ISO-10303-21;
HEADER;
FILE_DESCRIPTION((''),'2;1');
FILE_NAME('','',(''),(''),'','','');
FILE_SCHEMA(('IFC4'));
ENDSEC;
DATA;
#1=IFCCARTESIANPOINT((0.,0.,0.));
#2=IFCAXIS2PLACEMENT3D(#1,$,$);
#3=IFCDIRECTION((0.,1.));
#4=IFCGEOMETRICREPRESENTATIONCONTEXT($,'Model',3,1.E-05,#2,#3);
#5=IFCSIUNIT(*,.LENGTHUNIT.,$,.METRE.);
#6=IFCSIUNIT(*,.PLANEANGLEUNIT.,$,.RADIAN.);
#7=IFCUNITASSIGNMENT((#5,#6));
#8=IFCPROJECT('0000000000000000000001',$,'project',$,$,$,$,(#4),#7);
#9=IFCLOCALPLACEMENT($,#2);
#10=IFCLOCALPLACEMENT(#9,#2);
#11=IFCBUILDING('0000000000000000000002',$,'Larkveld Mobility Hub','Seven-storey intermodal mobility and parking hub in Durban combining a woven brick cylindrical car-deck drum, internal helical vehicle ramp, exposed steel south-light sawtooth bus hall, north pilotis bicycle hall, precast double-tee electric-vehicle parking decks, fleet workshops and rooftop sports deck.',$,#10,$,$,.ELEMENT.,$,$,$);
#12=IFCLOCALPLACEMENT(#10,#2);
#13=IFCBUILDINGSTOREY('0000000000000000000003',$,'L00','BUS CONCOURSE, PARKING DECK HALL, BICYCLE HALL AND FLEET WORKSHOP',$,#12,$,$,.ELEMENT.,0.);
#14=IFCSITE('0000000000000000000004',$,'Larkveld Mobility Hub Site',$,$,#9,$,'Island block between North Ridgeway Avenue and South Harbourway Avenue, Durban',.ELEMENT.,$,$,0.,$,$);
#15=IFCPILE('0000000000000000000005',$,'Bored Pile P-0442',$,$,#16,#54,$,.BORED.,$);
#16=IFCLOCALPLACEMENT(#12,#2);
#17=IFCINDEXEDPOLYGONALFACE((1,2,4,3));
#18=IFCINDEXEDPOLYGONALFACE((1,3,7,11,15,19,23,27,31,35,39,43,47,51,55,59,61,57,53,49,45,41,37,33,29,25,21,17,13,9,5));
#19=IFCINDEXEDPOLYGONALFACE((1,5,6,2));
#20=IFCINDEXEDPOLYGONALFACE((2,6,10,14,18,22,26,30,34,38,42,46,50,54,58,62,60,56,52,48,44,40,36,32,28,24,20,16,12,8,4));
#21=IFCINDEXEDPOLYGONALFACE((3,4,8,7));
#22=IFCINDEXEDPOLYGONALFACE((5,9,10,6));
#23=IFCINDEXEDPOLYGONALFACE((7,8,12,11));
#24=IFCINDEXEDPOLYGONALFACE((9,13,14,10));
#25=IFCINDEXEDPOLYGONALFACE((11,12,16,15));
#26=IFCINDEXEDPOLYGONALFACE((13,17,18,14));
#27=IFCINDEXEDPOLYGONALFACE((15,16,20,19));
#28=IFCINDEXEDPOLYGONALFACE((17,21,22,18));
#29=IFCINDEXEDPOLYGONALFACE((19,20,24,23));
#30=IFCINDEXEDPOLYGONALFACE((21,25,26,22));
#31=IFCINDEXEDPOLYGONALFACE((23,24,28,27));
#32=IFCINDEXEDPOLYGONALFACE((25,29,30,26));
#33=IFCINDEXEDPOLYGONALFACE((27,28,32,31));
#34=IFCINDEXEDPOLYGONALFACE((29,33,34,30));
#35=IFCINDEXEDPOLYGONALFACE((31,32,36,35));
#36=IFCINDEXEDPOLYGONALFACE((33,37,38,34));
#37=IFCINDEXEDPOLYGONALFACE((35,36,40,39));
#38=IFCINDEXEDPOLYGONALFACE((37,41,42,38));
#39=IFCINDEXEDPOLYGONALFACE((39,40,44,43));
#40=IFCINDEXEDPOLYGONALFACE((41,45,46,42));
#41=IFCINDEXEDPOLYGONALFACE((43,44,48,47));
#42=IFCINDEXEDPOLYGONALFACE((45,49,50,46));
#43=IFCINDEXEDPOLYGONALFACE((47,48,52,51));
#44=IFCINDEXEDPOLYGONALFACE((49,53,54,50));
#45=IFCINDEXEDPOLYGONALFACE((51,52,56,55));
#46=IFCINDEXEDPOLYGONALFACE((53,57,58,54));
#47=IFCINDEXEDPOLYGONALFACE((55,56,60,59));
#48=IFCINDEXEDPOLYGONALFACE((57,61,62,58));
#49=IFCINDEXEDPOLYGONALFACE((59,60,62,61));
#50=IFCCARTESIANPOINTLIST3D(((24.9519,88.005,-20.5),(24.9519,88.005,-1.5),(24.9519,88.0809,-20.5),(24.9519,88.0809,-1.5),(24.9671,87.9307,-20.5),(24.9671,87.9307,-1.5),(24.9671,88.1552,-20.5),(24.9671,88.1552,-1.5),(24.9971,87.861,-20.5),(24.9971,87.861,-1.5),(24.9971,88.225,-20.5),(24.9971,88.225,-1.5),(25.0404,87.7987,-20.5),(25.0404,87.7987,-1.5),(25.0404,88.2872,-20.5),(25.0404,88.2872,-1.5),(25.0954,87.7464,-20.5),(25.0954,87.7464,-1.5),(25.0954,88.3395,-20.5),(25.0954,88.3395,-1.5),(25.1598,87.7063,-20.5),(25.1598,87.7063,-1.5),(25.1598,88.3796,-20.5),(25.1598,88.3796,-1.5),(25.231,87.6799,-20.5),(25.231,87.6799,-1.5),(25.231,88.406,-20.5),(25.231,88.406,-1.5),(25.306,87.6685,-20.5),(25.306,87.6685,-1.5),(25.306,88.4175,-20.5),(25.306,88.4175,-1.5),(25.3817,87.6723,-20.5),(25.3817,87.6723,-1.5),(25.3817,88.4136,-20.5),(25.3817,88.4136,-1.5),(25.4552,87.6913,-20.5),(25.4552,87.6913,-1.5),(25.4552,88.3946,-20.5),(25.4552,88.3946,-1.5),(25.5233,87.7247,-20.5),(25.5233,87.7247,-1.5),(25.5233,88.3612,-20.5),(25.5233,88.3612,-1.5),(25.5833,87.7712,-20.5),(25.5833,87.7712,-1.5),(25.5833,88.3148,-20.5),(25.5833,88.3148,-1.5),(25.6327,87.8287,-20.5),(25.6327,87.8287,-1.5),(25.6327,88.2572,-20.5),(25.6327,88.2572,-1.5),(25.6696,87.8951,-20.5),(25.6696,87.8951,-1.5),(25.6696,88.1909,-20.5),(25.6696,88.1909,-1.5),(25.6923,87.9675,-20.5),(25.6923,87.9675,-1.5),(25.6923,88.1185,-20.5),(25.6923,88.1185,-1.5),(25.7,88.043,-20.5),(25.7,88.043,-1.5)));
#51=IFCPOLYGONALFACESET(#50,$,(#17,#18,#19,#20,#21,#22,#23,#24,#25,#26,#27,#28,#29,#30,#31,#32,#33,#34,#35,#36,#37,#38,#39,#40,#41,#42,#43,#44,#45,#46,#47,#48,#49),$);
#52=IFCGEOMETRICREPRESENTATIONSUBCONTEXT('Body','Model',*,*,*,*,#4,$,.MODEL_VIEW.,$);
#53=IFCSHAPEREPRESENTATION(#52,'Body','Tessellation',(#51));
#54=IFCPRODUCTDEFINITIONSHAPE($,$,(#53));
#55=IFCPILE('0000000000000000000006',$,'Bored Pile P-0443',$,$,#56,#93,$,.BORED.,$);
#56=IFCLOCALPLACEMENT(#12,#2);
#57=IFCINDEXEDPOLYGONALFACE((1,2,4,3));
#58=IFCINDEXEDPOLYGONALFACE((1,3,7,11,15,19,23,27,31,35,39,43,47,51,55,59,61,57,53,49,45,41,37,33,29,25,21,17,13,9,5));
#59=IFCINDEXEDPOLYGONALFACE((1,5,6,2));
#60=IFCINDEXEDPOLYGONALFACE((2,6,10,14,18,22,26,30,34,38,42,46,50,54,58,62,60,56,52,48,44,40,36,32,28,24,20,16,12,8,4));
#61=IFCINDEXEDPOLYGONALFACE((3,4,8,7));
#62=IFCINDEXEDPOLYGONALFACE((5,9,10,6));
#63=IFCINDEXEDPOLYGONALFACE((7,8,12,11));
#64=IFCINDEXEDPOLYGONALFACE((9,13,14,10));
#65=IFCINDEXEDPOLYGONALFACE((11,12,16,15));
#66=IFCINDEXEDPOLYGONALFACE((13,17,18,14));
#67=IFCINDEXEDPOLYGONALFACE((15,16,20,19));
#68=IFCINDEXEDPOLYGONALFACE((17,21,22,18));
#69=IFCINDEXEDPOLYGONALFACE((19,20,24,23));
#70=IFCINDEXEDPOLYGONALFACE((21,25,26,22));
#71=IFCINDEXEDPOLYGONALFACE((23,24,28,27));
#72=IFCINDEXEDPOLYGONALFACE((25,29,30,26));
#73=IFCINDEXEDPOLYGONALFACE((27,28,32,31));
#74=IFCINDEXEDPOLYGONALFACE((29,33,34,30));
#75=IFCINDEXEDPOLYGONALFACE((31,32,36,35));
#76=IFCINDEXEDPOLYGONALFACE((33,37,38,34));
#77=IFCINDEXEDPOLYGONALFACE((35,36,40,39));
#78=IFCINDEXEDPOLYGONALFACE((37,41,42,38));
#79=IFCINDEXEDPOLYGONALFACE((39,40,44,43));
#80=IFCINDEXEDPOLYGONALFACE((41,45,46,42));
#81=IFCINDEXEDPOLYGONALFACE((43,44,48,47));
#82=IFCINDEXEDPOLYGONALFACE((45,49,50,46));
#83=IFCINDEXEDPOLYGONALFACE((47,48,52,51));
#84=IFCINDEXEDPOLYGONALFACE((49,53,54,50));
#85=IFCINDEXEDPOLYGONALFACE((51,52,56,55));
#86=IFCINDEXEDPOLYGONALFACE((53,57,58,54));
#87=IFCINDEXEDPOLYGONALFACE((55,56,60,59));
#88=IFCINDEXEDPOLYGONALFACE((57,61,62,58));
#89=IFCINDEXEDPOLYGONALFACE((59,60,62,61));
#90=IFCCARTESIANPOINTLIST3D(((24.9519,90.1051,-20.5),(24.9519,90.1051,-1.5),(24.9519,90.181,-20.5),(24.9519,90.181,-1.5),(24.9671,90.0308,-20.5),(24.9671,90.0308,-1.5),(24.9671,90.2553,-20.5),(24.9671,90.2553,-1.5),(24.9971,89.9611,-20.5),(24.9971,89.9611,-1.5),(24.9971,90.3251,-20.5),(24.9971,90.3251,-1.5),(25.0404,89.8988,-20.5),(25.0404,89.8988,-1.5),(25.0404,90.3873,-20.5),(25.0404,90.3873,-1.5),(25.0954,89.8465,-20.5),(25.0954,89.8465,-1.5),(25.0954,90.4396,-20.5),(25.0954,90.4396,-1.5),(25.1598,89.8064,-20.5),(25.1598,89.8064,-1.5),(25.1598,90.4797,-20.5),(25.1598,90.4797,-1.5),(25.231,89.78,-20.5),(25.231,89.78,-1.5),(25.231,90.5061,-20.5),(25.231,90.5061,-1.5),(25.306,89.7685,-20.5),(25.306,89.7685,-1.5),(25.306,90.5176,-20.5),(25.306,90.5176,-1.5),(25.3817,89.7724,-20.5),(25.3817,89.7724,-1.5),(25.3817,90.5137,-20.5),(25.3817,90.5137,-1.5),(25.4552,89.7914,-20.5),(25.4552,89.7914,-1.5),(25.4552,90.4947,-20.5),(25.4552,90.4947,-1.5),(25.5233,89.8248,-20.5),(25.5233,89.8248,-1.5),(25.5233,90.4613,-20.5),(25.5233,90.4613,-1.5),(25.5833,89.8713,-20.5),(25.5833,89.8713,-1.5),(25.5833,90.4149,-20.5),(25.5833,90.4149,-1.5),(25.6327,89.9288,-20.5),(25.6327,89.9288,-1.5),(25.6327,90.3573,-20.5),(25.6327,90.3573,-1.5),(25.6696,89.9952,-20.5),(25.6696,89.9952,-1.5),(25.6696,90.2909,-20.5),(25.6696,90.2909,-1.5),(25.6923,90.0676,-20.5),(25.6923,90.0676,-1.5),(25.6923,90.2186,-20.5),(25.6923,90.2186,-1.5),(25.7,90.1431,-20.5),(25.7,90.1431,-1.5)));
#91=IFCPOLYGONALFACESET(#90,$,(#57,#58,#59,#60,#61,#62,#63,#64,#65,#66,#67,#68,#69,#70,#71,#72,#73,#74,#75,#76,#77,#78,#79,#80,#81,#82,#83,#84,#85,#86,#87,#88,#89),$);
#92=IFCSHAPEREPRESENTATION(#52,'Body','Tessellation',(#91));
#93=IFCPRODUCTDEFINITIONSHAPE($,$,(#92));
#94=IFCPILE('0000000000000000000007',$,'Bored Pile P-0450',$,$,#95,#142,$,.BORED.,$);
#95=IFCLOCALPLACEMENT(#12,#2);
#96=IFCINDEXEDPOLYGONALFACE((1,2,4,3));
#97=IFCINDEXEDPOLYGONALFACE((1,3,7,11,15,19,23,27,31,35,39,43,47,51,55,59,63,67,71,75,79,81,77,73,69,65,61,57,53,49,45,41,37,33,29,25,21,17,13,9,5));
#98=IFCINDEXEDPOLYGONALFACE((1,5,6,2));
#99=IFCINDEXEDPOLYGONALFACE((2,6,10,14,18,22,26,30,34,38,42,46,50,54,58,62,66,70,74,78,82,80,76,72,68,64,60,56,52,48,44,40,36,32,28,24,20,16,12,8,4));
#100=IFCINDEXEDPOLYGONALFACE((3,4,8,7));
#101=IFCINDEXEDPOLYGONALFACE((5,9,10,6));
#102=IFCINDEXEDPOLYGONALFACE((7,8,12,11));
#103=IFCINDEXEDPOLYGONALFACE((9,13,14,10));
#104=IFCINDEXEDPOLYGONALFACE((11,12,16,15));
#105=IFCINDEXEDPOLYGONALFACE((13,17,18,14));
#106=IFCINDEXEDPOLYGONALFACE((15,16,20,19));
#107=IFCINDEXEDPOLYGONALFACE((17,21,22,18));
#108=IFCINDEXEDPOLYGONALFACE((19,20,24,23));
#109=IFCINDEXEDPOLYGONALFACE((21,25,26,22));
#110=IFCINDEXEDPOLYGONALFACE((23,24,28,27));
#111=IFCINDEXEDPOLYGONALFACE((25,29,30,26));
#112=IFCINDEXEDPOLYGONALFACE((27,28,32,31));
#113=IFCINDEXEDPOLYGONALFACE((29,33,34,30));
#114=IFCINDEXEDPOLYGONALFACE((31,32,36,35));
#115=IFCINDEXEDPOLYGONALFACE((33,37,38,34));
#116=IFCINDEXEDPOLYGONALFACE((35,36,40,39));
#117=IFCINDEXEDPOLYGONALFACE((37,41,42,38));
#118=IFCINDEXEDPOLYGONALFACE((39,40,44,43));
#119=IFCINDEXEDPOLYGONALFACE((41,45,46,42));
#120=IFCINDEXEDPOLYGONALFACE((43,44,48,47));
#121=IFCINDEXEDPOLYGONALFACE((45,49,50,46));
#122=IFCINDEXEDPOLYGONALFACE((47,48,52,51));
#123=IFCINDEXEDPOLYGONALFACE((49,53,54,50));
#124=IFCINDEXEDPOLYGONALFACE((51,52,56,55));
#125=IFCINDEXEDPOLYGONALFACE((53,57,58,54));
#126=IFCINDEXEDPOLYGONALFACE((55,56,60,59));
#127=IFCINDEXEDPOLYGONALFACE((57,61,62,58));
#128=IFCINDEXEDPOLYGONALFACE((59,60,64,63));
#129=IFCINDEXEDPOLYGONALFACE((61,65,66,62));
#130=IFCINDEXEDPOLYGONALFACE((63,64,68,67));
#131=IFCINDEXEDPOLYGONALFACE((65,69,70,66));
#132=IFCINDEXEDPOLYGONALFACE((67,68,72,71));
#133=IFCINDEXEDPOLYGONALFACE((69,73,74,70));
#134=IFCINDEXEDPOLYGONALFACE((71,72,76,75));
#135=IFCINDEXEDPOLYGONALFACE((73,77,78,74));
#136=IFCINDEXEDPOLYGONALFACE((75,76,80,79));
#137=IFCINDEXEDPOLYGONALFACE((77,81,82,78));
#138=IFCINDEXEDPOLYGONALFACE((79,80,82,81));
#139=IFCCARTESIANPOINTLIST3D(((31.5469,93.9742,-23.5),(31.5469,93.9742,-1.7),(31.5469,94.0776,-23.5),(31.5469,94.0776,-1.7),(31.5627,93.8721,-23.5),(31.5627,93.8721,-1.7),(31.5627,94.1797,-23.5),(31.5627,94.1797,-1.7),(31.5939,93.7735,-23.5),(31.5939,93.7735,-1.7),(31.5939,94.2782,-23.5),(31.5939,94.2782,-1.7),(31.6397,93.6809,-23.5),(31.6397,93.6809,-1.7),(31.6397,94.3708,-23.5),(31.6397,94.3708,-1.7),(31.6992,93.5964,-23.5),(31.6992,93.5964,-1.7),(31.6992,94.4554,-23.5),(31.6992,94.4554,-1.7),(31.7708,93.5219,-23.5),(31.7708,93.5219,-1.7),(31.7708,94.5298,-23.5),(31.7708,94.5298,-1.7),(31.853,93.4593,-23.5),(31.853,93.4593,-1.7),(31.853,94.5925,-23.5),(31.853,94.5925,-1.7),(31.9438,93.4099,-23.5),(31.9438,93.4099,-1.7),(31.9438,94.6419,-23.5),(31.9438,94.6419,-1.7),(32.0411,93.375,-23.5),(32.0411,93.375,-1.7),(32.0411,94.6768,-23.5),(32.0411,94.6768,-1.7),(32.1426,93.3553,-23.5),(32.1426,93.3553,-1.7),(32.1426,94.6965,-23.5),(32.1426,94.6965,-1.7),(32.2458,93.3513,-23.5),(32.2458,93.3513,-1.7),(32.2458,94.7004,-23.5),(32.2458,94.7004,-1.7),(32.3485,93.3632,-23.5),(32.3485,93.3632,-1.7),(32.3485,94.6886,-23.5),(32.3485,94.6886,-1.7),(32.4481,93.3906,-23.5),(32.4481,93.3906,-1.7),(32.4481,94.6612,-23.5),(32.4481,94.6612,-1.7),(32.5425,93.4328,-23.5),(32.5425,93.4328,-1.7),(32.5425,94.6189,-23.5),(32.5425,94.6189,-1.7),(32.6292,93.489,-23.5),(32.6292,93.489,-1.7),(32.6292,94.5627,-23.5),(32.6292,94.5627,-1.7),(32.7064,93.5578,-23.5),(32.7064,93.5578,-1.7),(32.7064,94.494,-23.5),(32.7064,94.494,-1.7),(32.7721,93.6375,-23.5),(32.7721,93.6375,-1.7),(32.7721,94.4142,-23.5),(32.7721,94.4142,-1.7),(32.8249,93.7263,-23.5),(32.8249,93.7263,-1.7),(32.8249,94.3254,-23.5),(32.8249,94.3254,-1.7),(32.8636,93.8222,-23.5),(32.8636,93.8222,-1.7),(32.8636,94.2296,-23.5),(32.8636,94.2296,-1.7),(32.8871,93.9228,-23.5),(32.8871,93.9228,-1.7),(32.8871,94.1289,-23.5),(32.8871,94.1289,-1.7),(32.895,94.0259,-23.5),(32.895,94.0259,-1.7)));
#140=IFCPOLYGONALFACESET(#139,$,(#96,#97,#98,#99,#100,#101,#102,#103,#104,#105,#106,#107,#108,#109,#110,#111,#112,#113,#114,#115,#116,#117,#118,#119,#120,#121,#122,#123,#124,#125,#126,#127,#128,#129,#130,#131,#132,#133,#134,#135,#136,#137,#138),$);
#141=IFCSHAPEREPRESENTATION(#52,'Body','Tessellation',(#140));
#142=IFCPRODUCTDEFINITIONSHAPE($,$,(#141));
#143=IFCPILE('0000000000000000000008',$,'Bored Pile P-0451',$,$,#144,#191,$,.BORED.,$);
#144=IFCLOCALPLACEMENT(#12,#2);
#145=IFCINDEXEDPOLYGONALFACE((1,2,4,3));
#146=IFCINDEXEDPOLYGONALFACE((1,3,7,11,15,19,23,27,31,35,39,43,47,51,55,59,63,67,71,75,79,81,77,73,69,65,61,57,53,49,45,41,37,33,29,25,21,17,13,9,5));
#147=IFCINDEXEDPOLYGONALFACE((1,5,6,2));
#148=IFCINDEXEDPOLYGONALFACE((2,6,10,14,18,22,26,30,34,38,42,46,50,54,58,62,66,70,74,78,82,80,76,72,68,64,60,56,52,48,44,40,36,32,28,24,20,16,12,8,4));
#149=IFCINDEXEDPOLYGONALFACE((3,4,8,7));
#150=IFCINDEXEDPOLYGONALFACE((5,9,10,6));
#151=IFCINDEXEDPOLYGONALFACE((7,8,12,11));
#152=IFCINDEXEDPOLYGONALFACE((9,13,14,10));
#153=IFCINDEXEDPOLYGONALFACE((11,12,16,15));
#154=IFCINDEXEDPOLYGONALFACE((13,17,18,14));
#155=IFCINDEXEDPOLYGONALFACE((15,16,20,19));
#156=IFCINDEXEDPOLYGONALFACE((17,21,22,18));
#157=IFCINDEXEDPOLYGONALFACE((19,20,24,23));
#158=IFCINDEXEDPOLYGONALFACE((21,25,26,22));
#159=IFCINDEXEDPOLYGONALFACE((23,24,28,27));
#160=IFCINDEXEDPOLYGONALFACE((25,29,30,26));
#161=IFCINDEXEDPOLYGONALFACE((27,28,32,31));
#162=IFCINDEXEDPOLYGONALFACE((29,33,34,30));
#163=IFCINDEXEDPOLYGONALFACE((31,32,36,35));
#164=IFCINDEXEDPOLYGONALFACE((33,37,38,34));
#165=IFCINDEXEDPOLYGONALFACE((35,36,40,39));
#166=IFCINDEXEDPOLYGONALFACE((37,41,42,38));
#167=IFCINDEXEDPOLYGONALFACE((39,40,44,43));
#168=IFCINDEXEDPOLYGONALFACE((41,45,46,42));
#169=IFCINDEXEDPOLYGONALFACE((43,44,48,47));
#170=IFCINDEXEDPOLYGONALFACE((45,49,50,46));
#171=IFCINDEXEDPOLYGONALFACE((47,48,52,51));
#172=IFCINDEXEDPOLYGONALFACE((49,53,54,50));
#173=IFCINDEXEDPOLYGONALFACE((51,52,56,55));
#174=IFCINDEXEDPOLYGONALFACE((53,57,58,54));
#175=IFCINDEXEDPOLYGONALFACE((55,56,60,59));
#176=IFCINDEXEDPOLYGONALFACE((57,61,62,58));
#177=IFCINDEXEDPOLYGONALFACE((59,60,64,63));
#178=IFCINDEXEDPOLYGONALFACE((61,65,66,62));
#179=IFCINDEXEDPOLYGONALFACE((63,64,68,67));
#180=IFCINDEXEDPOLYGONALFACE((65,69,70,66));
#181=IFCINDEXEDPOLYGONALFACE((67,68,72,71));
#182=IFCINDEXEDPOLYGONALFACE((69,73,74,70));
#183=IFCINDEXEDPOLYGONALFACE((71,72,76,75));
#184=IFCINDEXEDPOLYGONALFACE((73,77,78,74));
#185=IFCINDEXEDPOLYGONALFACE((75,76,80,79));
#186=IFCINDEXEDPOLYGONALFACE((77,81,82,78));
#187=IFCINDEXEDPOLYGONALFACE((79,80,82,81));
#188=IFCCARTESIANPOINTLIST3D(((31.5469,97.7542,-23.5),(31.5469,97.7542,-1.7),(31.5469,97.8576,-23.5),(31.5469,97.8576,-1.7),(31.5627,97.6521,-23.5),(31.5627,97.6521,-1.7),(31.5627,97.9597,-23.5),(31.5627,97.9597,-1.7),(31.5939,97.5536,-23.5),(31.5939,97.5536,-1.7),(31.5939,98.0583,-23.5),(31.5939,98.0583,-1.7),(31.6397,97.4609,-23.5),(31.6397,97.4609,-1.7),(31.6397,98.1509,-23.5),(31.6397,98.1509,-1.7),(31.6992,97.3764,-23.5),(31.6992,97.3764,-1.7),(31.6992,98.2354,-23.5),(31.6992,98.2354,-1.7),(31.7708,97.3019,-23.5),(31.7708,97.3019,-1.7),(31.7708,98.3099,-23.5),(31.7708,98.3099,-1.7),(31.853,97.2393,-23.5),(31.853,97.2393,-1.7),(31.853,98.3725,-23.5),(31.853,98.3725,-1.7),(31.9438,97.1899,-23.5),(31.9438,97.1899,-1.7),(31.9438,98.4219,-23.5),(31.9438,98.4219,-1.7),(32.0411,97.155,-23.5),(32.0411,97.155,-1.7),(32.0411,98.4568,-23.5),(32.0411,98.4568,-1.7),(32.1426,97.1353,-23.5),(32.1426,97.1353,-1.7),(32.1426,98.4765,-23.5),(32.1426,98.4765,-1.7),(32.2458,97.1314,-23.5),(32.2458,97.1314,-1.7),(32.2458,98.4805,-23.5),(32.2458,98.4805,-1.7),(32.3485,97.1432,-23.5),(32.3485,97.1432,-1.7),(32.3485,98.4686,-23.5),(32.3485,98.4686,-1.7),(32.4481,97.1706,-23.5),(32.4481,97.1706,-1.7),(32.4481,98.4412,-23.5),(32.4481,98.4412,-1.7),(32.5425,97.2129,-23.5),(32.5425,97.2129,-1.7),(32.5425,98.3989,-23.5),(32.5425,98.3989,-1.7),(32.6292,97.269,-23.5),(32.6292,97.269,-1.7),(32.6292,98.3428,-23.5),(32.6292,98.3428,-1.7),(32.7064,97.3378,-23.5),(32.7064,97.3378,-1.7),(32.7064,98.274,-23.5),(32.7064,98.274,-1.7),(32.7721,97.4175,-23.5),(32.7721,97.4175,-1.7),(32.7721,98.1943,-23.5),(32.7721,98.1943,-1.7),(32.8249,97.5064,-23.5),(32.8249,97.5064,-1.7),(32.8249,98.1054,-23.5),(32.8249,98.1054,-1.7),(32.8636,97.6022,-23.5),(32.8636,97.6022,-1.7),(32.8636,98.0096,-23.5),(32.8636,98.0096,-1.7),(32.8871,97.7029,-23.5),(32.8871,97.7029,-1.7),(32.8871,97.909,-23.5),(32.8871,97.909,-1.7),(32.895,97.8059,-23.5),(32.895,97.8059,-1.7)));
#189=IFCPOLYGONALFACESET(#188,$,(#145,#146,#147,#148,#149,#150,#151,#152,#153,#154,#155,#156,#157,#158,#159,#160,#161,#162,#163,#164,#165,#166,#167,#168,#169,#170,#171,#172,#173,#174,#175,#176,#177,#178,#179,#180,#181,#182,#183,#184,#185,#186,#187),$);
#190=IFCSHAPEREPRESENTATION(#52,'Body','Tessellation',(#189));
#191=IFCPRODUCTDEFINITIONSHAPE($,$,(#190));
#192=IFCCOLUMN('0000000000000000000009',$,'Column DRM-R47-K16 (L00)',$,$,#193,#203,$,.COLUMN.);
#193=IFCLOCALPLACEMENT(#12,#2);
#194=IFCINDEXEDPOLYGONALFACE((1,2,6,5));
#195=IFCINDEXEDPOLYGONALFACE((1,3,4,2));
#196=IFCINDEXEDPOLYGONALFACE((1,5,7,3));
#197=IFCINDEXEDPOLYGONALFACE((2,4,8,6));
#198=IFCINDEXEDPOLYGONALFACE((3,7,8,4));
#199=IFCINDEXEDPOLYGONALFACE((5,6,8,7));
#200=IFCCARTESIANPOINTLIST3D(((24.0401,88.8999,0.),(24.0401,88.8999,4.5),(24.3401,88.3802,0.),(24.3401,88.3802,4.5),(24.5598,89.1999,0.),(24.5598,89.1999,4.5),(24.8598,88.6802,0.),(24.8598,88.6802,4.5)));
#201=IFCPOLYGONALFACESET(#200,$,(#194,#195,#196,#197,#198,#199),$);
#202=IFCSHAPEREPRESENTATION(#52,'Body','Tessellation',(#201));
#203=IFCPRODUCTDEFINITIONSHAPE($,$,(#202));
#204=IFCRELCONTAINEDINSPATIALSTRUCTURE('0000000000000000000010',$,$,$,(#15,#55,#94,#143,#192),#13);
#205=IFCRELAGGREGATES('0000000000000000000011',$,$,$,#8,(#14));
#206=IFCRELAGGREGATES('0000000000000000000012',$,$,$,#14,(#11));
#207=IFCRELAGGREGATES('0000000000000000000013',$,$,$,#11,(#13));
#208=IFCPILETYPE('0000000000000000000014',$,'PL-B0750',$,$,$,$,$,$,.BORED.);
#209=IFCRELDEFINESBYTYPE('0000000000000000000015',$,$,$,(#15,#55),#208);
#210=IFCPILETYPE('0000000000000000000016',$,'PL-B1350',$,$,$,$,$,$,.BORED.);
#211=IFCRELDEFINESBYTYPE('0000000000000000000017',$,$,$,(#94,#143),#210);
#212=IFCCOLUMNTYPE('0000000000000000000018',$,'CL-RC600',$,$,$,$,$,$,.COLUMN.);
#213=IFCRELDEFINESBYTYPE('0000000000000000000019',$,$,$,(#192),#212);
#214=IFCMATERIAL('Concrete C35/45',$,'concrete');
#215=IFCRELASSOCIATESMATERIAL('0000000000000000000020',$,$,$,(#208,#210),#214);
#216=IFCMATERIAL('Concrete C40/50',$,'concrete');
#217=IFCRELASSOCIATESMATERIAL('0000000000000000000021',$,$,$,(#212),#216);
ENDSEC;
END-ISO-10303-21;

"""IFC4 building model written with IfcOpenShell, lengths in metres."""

from ifc_helpers import new_model, si_unit, direction, frame, origin, origin_2d, place, context, subcontext, project, spatial, rectangle, circle, extrude, material, material_profile, profile_set, type_object, element, save


model = new_model("IFC4")

# Units and contexts
model_context = context("Model", 3, precision=1e-05, world=origin(), true_north=direction((0.0, 1.0)))
body_context = subcontext(model_context, "Body", "Model", "MODEL_VIEW")
ifc_project = project(units=[si_unit("LENGTHUNIT", "METRE"), si_unit("PLANEANGLEUNIT", "RADIAN")], contexts=[model_context])

# Site, building, storey
site_placement = place(None, origin())
site = spatial("IfcSite", under=ifc_project, at=site_placement, Name="Larkveld Mobility Hub Site", LongName="Island block between North Ridgeway Avenue and South Harbourway Avenue, Durban", CompositionType="ELEMENT", RefElevation=0.0)
building_placement = place(site_placement, origin())
building = spatial("IfcBuilding", under=site, at=building_placement, Name="Larkveld Mobility Hub", Description="Seven-storey intermodal mobility and parking hub in Durban combining a woven brick cylindrical car-deck drum, internal helical vehicle ramp, exposed steel south-light sawtooth bus hall, north pilotis bicycle hall, precast double-tee electric-vehicle parking decks, fleet workshops and rooftop sports deck.", CompositionType="ELEMENT")
storey_placement = place(building_placement, origin())
storey = spatial("IfcBuildingStorey", under=building, at=storey_placement, Name="L00", Description="BUS CONCOURSE, PARKING DECK HALL, BICYCLE HALL AND FLEET WORKSHOP", CompositionType="ELEMENT", Elevation=0.0)

# Piles
ifc_material_1 = material(Name="Concrete C35/45", Category="concrete")
ifc_material_profile_1 = material_profile(ifc_material_1, circle(Radius=0.375, at=origin_2d()), Name="PILE D750")
ifc_profile_set_1 = profile_set([ifc_material_profile_1], Name="Concrete C35/45")
pile_type_1 = type_object("IfcPileType", Name="PL-B0750", PredefinedType="BORED", material=ifc_profile_set_1)
for number, where, z_axis, x_axis, name in (
    (1, (25.325, 88.043, -1.5), (0.0, 0.0, -1.0), (1.0, 0.0, 0.0), "Bored Pile P-0442"),
    (2, (25.325, 90.1431, -1.5), (0.0, 0.0, -1.0), (1.0, 0.0, 0.0), "Bored Pile P-0443"),
):
    element("IfcPile", number, at=place(storey_placement, frame(where, z_axis=z_axis, x_axis=x_axis)), inside=storey, type_object=pile_type_1, Name=name, PredefinedType="BORED", context=body_context, shape_type="SweptSolid", body=[
        extrude(circle(Radius=0.375, at=origin_2d()), origin(), (0.0, 0.0, 1.0), 19.0),
    ])
ifc_material_profile_2 = material_profile(ifc_material_1, circle(Radius=0.675, at=origin_2d()), Name="PILE D1350")
ifc_profile_set_2 = profile_set([ifc_material_profile_2], Name="Concrete C35/45")
pile_type_2 = type_object("IfcPileType", Name="PL-B1350", PredefinedType="BORED", material=ifc_profile_set_2)
for number, where, z_axis, x_axis, name in (
    (3, (32.22, 94.0259, -1.7), (0.0, 0.0, -1.0), (1.0, 0.0, 0.0), "Bored Pile P-0450"),
    (4, (32.22, 97.8059, -1.7), (0.0, 0.0, -1.0), (1.0, 0.0, 0.0), "Bored Pile P-0451"),
):
    element("IfcPile", number, at=place(storey_placement, frame(where, z_axis=z_axis, x_axis=x_axis)), inside=storey, type_object=pile_type_2, Name=name, PredefinedType="BORED", context=body_context, shape_type="SweptSolid", body=[
        extrude(circle(Radius=0.675, at=origin_2d()), origin(), (0.0, 0.0, 1.0), 21.8),
    ])

# Column
ifc_material_2 = material(Name="Concrete C40/50", Category="concrete")
ifc_material_profile_3 = material_profile(ifc_material_2, rectangle(XDim=0.6001, YDim=0.6001, at=origin_2d()), Name="RC COL 600x600")
ifc_profile_set_3 = profile_set([ifc_material_profile_3], Name="Concrete C40/50")
column_type_1 = type_object("IfcColumnType", Name="CL-RC600", PredefinedType="COLUMN", material=ifc_profile_set_3)
column_1_placement = place(storey_placement, frame((24.45, 88.79, 0.0), z_axis=(0.0, 0.0, 1.0), x_axis=(-0.5, 0.866025, 0.0)))
element("IfcColumn", 5, at=column_1_placement, inside=storey, type_object=column_type_1, Name="Column DRM-R47-K16 (L00)", PredefinedType="COLUMN", context=body_context, shape_type="SweptSolid", body=[
    extrude(rectangle(XDim=0.6001, YDim=0.6001, at=origin_2d()), origin(), (0.0, 0.0, 1.0), 4.5),
])

save(model, "model.ifc")
